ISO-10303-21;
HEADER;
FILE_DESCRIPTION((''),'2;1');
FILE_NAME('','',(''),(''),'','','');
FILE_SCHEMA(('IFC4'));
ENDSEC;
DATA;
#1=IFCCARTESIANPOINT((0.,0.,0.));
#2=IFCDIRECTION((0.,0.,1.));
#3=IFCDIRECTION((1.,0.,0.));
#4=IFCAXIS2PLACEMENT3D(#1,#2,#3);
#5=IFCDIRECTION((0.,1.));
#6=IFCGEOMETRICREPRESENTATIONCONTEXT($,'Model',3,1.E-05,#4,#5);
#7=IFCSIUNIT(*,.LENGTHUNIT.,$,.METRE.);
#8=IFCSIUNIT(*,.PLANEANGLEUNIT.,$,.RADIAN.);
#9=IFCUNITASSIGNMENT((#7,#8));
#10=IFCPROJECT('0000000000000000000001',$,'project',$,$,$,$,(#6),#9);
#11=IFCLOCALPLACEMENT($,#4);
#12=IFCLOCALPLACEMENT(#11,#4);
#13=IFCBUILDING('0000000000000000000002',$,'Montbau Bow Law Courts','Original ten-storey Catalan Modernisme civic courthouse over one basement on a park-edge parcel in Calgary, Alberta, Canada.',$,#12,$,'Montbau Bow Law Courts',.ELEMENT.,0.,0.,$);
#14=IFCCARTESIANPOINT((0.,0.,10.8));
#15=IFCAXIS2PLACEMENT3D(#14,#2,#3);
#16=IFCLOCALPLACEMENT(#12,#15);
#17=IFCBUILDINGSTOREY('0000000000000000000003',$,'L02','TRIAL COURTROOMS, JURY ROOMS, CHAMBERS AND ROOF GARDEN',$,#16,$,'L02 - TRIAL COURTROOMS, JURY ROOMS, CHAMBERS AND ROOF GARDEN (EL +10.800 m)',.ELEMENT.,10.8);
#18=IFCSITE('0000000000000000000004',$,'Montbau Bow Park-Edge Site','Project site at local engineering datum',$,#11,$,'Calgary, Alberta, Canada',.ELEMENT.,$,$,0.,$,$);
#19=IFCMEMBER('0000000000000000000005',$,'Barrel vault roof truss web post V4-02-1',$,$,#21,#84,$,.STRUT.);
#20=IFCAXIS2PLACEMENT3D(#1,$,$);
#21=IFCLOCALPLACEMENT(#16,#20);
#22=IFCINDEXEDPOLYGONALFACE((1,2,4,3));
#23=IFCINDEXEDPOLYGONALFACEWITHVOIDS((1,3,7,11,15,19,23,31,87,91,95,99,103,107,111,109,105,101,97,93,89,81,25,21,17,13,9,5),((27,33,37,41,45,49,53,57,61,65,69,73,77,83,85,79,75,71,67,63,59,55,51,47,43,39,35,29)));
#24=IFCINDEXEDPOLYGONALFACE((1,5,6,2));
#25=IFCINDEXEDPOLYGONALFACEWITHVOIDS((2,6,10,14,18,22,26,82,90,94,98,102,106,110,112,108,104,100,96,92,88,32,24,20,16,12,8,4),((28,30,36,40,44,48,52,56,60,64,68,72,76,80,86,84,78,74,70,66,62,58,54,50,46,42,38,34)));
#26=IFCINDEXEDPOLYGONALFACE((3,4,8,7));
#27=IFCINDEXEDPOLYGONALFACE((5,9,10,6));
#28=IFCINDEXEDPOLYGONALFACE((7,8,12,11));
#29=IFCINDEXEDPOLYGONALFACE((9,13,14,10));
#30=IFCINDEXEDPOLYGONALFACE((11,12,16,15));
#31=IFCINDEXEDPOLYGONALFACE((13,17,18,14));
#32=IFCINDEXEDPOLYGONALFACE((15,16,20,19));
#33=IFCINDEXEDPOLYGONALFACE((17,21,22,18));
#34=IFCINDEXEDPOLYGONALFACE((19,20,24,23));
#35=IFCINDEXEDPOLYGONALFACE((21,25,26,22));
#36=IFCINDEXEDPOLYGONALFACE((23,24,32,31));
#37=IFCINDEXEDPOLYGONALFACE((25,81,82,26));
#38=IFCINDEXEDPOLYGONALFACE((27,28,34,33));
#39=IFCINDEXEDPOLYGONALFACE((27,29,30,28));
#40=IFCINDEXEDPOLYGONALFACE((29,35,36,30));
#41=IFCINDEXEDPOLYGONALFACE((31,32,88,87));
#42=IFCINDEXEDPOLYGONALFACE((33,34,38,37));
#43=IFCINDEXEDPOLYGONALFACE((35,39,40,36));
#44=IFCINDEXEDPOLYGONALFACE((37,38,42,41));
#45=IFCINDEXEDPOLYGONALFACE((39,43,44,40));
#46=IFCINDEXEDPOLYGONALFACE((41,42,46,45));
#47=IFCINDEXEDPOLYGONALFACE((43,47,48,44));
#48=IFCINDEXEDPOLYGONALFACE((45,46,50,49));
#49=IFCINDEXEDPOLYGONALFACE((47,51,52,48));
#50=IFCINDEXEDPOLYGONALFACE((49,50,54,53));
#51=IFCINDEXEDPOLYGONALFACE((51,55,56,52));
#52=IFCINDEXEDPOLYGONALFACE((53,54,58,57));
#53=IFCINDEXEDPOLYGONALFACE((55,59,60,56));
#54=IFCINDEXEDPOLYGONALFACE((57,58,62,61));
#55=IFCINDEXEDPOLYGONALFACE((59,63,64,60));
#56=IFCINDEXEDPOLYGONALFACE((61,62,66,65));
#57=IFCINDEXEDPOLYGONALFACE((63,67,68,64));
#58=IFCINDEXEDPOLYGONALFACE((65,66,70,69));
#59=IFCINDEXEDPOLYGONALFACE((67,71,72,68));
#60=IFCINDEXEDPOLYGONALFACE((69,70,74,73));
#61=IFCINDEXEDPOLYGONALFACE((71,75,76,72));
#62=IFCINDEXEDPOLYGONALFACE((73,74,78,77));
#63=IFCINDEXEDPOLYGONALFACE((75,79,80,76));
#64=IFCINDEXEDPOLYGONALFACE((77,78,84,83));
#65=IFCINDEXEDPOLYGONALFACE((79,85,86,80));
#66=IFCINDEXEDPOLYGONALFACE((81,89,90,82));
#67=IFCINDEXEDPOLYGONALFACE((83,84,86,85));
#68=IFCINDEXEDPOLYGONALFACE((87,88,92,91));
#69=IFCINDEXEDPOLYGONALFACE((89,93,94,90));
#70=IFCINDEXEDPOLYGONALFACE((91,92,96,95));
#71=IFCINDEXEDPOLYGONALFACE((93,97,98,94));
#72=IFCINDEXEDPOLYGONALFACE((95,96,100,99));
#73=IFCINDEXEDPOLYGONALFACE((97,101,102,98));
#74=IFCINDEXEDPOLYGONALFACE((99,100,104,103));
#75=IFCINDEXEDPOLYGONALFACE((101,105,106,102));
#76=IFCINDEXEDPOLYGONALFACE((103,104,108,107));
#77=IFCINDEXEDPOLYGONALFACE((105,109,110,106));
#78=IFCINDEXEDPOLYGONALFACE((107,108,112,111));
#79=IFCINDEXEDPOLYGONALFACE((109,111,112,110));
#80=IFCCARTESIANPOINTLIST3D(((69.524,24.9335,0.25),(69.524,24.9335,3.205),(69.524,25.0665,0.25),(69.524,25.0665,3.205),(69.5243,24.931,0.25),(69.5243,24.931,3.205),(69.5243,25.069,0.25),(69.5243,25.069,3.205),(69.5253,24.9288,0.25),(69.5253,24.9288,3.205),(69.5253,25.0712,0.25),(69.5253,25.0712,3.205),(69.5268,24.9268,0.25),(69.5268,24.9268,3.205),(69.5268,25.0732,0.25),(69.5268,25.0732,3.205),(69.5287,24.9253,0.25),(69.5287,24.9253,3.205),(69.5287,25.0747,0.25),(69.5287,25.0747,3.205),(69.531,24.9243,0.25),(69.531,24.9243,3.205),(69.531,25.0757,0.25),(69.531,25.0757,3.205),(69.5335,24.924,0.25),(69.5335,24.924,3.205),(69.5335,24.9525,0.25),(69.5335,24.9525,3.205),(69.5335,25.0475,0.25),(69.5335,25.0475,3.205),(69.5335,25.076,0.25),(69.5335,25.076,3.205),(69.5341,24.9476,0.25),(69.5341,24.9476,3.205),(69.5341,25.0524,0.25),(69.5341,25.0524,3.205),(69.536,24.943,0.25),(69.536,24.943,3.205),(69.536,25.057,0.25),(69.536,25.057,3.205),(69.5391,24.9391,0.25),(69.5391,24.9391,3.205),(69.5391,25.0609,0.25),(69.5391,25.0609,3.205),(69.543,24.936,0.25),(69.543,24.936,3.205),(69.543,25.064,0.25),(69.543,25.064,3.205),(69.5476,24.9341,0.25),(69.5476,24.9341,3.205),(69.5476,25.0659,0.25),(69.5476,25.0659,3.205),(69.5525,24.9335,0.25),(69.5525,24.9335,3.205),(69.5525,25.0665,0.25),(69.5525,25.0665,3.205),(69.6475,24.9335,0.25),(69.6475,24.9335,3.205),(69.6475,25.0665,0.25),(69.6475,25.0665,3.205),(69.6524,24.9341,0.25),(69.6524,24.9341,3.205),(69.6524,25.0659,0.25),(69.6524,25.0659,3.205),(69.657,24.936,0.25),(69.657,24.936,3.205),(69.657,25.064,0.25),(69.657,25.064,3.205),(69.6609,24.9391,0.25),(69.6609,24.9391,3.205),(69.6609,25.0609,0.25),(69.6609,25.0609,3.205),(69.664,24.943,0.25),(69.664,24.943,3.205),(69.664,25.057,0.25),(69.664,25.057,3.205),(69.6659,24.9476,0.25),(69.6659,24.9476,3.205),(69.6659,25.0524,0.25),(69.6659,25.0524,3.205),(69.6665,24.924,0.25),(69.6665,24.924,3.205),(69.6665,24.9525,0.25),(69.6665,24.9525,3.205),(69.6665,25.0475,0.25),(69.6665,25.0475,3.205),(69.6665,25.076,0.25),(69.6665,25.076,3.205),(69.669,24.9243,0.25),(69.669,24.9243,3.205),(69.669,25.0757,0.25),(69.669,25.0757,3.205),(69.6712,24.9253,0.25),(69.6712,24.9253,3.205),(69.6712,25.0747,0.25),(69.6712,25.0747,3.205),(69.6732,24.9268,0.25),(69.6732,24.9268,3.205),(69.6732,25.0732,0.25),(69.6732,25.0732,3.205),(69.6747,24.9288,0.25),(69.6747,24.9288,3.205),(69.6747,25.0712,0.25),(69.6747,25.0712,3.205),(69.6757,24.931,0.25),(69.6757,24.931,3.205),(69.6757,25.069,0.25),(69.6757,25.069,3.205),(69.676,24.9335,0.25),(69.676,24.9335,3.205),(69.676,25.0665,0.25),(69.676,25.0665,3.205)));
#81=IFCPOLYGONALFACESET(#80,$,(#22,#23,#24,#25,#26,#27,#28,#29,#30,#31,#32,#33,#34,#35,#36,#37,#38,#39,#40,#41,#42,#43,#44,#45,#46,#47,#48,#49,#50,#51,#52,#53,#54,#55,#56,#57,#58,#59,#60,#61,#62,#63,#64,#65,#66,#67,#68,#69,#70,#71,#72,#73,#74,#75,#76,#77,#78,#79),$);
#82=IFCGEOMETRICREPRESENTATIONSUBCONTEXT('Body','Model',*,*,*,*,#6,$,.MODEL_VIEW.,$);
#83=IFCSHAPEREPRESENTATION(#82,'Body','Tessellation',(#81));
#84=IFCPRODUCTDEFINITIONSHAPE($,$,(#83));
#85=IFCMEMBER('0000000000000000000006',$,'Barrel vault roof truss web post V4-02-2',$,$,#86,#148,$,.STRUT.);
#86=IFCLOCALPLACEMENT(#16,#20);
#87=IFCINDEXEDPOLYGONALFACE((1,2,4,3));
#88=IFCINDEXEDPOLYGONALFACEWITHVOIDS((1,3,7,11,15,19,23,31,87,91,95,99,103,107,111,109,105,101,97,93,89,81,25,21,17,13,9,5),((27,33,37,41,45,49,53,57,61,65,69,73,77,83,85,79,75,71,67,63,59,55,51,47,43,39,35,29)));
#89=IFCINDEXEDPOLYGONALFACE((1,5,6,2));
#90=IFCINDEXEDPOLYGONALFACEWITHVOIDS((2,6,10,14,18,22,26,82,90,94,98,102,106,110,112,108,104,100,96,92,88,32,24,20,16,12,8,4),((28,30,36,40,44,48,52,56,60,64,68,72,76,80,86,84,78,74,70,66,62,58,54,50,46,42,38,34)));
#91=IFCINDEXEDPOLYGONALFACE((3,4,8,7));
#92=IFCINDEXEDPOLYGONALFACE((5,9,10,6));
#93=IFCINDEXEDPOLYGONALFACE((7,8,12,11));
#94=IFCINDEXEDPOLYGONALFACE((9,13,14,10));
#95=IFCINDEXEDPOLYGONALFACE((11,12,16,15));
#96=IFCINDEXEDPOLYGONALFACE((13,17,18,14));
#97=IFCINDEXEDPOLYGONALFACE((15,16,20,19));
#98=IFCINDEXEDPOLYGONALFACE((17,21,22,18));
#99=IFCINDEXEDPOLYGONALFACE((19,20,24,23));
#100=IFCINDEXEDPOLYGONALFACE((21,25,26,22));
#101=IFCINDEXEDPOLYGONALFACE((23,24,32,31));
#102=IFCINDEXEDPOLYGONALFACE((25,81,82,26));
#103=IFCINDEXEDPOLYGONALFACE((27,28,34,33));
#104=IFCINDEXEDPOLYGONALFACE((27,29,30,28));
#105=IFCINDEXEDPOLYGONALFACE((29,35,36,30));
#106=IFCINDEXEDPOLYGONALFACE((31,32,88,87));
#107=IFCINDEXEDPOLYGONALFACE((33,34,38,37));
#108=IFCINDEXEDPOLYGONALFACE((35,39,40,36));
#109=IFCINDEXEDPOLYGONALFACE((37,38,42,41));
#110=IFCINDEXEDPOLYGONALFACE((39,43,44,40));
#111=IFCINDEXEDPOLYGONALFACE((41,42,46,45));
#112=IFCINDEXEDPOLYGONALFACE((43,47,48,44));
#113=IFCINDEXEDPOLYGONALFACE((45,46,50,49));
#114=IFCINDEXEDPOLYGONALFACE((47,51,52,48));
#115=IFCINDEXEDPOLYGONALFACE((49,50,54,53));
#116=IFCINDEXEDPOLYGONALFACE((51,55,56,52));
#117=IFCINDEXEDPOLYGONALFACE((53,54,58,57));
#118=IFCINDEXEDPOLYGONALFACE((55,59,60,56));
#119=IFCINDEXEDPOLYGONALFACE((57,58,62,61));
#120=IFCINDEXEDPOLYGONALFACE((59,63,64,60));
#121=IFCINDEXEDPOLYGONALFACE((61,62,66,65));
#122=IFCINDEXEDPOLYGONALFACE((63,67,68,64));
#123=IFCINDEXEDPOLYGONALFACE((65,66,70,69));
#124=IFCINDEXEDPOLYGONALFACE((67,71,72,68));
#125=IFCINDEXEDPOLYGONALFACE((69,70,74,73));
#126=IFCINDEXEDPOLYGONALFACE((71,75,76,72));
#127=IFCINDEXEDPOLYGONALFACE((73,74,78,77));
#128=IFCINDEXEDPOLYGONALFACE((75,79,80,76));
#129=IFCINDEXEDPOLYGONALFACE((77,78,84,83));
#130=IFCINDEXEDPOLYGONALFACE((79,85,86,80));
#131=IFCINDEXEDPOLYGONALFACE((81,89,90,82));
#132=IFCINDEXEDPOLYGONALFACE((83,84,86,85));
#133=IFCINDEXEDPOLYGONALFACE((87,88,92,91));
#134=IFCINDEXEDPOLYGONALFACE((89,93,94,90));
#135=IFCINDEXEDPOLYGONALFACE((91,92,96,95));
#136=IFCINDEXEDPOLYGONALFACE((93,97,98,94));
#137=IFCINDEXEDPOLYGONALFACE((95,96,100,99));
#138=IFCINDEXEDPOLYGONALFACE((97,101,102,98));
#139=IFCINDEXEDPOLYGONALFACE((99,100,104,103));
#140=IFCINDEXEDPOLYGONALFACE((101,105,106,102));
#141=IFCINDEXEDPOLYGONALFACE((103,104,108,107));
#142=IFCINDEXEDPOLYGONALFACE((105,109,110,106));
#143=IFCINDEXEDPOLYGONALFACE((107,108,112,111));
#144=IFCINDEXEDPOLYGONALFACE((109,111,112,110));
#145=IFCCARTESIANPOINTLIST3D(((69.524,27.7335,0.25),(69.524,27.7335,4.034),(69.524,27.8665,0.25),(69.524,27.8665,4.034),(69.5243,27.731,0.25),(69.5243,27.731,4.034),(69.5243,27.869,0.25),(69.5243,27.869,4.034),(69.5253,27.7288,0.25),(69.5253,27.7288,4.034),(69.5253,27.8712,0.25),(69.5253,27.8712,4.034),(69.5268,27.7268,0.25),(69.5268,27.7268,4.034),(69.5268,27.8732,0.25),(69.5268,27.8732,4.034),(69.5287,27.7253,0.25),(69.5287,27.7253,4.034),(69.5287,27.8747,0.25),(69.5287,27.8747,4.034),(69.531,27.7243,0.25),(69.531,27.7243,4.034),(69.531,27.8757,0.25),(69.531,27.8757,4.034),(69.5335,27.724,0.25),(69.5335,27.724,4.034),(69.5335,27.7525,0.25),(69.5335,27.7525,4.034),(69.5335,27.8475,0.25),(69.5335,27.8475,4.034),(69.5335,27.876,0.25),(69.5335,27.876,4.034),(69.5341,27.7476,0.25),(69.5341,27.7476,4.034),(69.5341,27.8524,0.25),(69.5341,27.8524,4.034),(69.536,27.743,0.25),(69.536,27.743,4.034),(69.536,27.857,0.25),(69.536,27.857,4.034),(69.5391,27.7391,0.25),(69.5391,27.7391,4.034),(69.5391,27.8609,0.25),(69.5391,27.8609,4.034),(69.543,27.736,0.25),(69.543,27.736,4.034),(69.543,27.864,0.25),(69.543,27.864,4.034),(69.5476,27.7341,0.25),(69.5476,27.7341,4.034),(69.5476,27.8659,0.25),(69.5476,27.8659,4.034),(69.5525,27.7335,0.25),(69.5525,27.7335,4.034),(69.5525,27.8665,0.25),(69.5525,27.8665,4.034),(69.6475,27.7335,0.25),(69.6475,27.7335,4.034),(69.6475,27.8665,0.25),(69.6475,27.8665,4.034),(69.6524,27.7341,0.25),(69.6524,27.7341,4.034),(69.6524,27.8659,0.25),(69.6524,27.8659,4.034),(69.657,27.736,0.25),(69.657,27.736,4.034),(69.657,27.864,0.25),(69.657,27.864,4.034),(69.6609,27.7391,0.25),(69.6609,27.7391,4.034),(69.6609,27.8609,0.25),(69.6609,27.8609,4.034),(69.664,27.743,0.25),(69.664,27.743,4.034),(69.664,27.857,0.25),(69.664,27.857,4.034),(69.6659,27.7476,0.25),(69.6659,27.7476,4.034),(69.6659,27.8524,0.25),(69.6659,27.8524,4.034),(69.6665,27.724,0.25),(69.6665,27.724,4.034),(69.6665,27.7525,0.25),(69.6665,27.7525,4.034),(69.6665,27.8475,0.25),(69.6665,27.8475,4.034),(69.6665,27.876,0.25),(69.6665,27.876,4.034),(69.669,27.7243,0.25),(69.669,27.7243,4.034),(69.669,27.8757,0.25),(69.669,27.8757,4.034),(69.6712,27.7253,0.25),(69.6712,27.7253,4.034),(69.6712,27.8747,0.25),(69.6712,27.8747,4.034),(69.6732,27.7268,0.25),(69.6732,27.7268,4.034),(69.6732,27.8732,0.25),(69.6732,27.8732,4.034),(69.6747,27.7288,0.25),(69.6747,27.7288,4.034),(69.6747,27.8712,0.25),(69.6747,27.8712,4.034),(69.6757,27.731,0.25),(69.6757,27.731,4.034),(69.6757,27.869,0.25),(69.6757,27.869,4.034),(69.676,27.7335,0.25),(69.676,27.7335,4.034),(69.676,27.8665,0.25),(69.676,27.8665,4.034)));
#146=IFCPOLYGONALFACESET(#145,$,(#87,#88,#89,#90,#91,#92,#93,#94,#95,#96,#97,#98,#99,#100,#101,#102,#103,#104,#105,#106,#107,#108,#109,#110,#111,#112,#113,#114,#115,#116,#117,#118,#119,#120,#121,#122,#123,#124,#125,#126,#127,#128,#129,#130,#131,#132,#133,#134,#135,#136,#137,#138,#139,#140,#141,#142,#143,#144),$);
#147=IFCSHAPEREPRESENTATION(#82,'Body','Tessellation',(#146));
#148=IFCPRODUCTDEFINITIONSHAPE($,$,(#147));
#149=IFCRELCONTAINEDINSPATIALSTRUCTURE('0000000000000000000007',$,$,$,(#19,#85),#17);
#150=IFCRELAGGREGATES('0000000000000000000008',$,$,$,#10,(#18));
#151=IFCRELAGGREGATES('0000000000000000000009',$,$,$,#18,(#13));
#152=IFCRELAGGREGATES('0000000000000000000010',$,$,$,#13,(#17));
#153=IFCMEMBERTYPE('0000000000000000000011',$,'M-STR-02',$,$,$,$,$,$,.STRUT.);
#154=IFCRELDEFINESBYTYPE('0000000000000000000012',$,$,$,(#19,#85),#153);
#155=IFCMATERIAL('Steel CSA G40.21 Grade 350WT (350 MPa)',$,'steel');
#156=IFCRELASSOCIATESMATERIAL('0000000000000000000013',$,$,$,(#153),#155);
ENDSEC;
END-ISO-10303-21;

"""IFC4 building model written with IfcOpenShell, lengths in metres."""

from ifc_helpers import new_model, si_unit, direction, frame, origin_with_axes, origin_2d_with_axis, place, context, subcontext, project, spatial, hollow_rectangle, extrude, material, material_profile, profile_set, type_object, element, save


model = new_model("IFC4")

# Units and contexts
model_context = context("Model", 3, precision=1e-05, world=origin_with_axes(), true_north=direction((0.0, 1.0)))
body_context = subcontext(model_context, "Body", "Model", "MODEL_VIEW")
ifc_project = project(units=[si_unit("LENGTHUNIT", "METRE"), si_unit("PLANEANGLEUNIT", "RADIAN")], contexts=[model_context])

# Site, building, storey
site_placement = place(None, origin_with_axes())
site = spatial("IfcSite", under=ifc_project, at=site_placement, Name="Montbau Bow Park-Edge Site", Description="Project site at local engineering datum", LongName="Calgary, Alberta, Canada", CompositionType="ELEMENT", RefElevation=0.0)
building_placement = place(site_placement, origin_with_axes())
building = spatial("IfcBuilding", under=site, at=building_placement, Name="Montbau Bow Law Courts", Description="Original ten-storey Catalan Modernisme civic courthouse over one basement on a park-edge parcel in Calgary, Alberta, Canada.", LongName="Montbau Bow Law Courts", CompositionType="ELEMENT", ElevationOfRefHeight=0.0, ElevationOfTerrain=0.0)
storey_placement = place(building_placement, frame((0.0, 0.0, 10.8), z_axis=(0.0, 0.0, 1.0), x_axis=(1.0, 0.0, 0.0)))
storey = spatial("IfcBuildingStorey", under=building, at=storey_placement, Name="L02", Description="TRIAL COURTROOMS, JURY ROOMS, CHAMBERS AND ROOF GARDEN", LongName="L02 - TRIAL COURTROOMS, JURY ROOMS, CHAMBERS AND ROOF GARDEN (EL +10.800 m)", CompositionType="ELEMENT", Elevation=10.8)

# Shared definitions
ifc_material_1 = material(Name="Steel CSA G40.21 Grade 350WT (350 MPa)", Category="steel")

# Members
ifc_material_profile_1 = material_profile(ifc_material_1, hollow_rectangle(XDim=0.152, YDim=0.152, WallThickness=0.0095, InnerFilletRadius=0.019, OuterFilletRadius=0.0095, at=origin_2d_with_axis()), Name="HSS152X152X9.5", Category="Main", Priority=0)
ifc_profile_set_1 = profile_set([ifc_material_profile_1], Name="Steel CSA G40.21 Grade 350WT (350 MPa)")
member_type_1 = type_object("IfcMemberType", Name="M-STR-02", PredefinedType="STRUT", material=ifc_profile_set_1)
member_1_placement = place(None, frame((69.6, 25.0, 11.05), z_axis=(0.0, 0.0, 1.0), x_axis=(1.0, 0.0, 0.0)))
element("IfcMember", 1, at=member_1_placement, inside=storey, type_object=member_type_1, Name="Barrel vault roof truss web post V4-02-1", PredefinedType="STRUT", context=body_context, shape_type="SweptSolid", body=[
    extrude(hollow_rectangle(XDim=0.152, YDim=0.152, WallThickness=0.0095, InnerFilletRadius=0.019, OuterFilletRadius=0.0095, at=origin_2d_with_axis()), origin_with_axes(), (0.0, 0.0, 1.0), 2.955),
])
member_2_placement = place(None, frame((69.6, 27.8, 11.05), z_axis=(0.0, 0.0, 1.0), x_axis=(1.0, 0.0, 0.0)))
element("IfcMember", 2, at=member_2_placement, inside=storey, type_object=member_type_1, Name="Barrel vault roof truss web post V4-02-2", PredefinedType="STRUT", context=body_context, shape_type="SweptSolid", body=[
    extrude(hollow_rectangle(XDim=0.152, YDim=0.152, WallThickness=0.0095, InnerFilletRadius=0.019, OuterFilletRadius=0.0095, at=origin_2d_with_axis()), origin_with_axes(), (0.0, 0.0, 1.0), 3.784),
])

save(model, "model.ifc")
